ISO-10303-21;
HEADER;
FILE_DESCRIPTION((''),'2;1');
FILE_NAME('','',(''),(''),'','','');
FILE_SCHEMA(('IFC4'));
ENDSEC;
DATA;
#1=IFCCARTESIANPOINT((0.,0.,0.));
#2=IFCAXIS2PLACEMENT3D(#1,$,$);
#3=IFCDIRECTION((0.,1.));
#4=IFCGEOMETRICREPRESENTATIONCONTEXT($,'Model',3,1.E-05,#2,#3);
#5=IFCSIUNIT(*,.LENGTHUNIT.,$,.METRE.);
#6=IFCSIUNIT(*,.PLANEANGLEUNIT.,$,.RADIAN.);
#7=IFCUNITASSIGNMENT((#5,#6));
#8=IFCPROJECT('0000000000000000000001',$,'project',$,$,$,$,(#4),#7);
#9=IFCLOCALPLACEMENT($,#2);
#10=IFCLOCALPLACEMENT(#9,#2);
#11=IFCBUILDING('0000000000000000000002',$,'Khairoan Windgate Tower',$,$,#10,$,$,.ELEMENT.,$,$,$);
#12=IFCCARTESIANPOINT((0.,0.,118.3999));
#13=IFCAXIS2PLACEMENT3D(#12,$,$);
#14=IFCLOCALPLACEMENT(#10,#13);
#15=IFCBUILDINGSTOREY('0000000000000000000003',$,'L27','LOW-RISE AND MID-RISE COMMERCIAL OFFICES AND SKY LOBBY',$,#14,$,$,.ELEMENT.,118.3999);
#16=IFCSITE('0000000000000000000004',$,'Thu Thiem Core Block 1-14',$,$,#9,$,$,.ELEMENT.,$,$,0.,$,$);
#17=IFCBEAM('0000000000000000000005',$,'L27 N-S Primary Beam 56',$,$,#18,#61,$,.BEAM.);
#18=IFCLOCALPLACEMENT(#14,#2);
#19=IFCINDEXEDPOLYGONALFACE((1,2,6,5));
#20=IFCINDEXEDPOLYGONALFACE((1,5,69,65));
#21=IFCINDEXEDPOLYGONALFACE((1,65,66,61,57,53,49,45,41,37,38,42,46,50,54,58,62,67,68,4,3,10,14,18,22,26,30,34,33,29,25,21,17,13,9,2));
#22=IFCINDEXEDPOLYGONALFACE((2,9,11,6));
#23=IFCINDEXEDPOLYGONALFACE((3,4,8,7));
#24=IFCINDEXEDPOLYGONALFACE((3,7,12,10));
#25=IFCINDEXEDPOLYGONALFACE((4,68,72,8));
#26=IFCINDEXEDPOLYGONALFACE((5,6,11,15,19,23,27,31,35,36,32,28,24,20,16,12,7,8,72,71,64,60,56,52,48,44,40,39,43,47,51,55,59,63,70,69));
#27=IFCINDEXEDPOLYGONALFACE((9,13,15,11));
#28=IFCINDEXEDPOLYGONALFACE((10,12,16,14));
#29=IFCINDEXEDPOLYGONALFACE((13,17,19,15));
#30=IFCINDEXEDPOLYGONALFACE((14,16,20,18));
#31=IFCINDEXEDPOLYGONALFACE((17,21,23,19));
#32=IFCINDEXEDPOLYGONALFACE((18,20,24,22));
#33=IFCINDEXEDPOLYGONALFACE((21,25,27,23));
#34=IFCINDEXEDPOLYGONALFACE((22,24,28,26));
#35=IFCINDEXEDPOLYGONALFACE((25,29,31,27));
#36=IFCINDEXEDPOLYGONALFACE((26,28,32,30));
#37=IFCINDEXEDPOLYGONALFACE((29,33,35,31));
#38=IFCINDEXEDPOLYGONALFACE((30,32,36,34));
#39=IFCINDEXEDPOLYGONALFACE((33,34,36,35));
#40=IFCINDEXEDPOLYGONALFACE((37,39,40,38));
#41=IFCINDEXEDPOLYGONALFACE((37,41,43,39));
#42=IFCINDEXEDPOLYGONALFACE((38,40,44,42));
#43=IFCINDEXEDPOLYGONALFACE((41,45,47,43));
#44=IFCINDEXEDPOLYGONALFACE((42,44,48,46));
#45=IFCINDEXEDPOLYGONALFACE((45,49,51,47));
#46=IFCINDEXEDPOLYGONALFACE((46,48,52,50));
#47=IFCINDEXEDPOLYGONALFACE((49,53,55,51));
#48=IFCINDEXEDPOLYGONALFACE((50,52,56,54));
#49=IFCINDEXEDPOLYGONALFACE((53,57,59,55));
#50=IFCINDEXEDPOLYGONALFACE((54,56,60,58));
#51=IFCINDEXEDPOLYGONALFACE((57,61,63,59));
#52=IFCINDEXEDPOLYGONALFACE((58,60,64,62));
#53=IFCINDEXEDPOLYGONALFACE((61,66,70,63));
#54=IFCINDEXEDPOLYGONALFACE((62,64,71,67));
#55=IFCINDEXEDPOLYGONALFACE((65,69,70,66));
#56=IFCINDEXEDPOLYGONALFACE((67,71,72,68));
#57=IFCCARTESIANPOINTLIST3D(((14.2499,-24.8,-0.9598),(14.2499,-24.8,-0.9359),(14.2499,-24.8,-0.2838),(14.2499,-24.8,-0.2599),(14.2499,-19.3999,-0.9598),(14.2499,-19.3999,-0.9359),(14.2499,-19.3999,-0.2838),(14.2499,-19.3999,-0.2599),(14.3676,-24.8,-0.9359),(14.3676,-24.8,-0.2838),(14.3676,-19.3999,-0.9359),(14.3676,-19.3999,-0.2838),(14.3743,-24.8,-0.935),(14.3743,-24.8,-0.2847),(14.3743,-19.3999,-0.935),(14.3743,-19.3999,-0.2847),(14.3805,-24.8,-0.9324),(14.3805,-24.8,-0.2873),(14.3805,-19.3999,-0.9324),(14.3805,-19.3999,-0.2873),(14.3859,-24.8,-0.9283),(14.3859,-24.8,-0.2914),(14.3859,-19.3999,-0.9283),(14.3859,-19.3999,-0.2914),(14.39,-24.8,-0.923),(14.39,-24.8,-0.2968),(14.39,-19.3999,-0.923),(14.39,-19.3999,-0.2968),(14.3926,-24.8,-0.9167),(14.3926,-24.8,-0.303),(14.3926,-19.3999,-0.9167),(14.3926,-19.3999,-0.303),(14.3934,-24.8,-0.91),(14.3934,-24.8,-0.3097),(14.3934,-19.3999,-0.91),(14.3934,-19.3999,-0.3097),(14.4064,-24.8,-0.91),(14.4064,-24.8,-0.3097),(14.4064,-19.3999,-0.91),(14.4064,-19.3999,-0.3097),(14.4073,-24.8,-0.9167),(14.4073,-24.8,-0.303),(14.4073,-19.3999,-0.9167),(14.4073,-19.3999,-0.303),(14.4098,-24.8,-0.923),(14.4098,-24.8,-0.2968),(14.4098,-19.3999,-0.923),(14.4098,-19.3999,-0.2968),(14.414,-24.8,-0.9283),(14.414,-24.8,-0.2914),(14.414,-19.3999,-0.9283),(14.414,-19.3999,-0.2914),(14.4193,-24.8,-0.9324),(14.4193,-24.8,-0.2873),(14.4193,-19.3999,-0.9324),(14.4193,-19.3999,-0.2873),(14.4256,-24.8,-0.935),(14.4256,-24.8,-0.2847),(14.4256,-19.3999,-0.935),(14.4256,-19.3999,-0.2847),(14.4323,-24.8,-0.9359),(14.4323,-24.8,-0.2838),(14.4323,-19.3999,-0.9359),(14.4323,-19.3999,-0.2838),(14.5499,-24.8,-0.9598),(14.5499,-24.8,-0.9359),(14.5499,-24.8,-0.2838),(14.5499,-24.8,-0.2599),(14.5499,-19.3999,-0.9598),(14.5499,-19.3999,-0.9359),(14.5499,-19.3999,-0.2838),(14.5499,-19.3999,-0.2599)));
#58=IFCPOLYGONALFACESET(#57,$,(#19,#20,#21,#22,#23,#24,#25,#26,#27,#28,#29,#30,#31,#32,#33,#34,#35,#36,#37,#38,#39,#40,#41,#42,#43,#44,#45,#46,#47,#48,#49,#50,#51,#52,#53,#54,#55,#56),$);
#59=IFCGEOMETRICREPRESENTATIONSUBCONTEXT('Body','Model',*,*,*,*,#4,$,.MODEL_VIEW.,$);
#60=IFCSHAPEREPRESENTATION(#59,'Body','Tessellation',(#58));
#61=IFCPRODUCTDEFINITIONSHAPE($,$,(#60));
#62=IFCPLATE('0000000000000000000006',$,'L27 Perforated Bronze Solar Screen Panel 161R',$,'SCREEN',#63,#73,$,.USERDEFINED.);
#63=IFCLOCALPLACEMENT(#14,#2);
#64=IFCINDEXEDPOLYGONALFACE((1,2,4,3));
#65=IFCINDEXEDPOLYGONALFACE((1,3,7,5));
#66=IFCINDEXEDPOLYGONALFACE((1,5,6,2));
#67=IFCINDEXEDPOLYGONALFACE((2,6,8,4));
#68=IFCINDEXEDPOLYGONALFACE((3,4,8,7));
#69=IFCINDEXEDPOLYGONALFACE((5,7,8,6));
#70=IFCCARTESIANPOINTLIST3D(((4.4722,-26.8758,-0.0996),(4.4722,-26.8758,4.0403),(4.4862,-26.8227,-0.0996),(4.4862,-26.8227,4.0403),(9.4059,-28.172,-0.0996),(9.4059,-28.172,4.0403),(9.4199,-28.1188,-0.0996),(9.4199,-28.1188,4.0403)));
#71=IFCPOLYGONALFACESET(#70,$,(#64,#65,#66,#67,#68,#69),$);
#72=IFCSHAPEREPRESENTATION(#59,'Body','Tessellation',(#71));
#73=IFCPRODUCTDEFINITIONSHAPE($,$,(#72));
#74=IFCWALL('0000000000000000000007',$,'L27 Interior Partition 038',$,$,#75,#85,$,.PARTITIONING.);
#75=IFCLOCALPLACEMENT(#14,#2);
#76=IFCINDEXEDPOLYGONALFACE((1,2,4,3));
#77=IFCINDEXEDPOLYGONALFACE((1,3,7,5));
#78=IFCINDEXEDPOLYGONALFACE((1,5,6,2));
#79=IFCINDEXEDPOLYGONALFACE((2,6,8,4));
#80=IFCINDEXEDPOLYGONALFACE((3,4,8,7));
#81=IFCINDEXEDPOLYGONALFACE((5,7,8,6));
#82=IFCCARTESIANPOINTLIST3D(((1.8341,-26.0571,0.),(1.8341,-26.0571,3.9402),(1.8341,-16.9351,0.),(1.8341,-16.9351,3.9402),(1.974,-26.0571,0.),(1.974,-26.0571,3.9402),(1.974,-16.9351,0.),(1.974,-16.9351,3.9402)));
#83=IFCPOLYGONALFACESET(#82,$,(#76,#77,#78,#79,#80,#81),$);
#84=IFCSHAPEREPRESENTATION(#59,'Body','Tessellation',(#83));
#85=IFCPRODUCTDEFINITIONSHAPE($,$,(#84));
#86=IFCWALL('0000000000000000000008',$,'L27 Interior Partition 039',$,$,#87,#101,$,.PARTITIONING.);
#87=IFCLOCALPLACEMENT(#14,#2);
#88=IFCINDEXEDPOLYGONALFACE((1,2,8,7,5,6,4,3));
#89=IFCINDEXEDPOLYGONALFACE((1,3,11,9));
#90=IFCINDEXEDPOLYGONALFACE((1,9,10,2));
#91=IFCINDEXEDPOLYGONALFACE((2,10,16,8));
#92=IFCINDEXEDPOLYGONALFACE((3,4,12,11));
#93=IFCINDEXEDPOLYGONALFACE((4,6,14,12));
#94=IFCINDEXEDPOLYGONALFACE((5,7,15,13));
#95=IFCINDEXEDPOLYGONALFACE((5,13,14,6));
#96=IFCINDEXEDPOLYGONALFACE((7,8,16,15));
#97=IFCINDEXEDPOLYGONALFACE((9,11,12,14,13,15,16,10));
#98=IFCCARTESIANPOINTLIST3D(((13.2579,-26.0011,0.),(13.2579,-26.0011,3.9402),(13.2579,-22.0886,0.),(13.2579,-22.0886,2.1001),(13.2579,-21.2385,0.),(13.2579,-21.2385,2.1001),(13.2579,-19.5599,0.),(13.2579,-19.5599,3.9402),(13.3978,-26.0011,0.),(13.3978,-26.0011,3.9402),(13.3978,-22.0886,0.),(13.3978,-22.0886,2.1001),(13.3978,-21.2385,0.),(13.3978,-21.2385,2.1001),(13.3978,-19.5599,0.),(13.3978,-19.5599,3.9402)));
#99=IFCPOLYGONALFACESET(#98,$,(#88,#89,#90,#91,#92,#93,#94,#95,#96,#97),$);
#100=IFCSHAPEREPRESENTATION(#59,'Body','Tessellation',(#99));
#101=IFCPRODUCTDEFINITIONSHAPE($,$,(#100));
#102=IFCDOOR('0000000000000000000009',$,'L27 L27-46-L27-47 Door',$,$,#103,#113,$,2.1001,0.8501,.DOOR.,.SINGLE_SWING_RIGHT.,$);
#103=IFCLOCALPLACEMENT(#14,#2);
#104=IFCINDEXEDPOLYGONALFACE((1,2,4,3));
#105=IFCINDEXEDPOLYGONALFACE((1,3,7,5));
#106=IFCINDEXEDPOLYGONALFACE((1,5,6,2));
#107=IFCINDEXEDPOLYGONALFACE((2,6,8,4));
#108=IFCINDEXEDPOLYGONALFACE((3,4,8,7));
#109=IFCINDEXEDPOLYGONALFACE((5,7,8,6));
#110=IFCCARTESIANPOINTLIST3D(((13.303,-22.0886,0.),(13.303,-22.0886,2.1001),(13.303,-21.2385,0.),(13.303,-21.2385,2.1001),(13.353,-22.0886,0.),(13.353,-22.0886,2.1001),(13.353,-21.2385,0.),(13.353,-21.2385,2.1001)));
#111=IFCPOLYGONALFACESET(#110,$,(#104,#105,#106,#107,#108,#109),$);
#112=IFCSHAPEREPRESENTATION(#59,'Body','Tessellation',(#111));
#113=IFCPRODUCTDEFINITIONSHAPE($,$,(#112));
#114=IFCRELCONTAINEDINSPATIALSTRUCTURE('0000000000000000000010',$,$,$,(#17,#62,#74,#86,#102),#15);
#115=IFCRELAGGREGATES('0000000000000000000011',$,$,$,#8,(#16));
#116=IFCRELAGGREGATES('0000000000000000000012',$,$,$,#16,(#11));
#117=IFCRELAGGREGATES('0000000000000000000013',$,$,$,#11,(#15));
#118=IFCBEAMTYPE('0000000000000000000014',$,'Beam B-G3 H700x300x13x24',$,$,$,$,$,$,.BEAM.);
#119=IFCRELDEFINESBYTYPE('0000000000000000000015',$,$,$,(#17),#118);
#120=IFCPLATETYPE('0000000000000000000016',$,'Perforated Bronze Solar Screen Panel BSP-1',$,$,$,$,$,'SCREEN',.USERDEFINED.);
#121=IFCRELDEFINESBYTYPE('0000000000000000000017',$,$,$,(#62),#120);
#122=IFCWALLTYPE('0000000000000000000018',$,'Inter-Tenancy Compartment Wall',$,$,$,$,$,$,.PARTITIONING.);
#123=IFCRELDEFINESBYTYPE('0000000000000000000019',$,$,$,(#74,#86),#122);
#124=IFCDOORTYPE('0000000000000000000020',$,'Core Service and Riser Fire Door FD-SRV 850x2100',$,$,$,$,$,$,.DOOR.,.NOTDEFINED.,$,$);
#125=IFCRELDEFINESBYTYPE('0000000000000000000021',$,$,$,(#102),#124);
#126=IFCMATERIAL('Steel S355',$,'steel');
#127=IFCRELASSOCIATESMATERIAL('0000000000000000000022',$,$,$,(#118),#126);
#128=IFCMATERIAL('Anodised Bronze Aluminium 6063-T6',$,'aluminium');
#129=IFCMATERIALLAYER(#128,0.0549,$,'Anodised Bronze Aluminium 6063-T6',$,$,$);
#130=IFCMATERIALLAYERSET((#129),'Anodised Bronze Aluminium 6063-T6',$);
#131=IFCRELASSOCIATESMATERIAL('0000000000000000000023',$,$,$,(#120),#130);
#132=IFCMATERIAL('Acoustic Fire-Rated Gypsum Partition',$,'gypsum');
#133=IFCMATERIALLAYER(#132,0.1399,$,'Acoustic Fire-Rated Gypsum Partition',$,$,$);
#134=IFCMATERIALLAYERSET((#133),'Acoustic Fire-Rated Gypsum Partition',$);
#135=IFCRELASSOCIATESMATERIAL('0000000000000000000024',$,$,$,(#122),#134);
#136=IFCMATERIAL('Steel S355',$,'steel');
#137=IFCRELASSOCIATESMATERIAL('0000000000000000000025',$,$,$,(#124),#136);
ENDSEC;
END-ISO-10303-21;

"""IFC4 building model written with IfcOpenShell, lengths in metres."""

from ifc_helpers import new_model, si_unit, direction, frame, frame_2d, origin, origin_2d, place, context, subcontext, project, spatial, rectangle, i_section, extrude, material, layer, layer_set, material_profile, profile_set, type_object, element, fill, save


model = new_model("IFC4")

# Units and contexts
model_context = context("Model", 3, precision=1e-05, world=origin(), true_north=direction((0.0, 1.0)))
body_context = subcontext(model_context, "Body", "Model", "MODEL_VIEW")
ifc_project = project(units=[si_unit("LENGTHUNIT", "METRE"), si_unit("PLANEANGLEUNIT", "RADIAN")], contexts=[model_context])

# Site, building, storey
site_placement = place(None, origin())
site = spatial("IfcSite", under=ifc_project, at=site_placement, Name="Thu Thiem Core Block 1-14", CompositionType="ELEMENT", RefElevation=0.0)
building_placement = place(site_placement, origin())
building = spatial("IfcBuilding", under=site, at=building_placement, Name="Khairoan Windgate Tower", CompositionType="ELEMENT")
storey_placement = place(building_placement, frame((0.0, 0.0, 118.3999)))
storey = spatial("IfcBuildingStorey", under=building, at=storey_placement, Name="L27", Description="LOW-RISE AND MID-RISE COMMERCIAL OFFICES AND SKY LOBBY", CompositionType="ELEMENT", Elevation=118.3999)

# Beam
ifc_material_1 = material(Name="Steel S355", Category="steel")
ifc_material_profile_1 = material_profile(ifc_material_1, i_section(OverallWidth=0.3, OverallDepth=0.7, WebThickness=0.0129, FlangeThickness=0.0239, FilletRadius=0.0259, at=origin_2d()))
ifc_profile_set_1 = profile_set([ifc_material_profile_1], Name="Steel S355")
beam_type = type_object("IfcBeamType", Name="Beam B-G3 H700x300x13x24", PredefinedType="BEAM", material=ifc_profile_set_1)
beam_1_placement = place(storey_placement, frame((14.3999, -24.8, -0.6099), z_axis=(0.0, 1.0, 0.0), x_axis=(-1.0, 0.0, 0.0)))
element("IfcBeam", 1, at=beam_1_placement, inside=storey, type_object=beam_type, Name="L27 N-S Primary Beam 56", PredefinedType="BEAM", context=body_context, shape_type="SweptSolid", body=[
    extrude(i_section(OverallWidth=0.3, OverallDepth=0.7, WebThickness=0.0129, FlangeThickness=0.0239, FilletRadius=0.0259, at=origin_2d()), origin(), (0.0, 0.0, 1.0), 5.4001),
])

# Plate
ifc_material_2 = material(Name="Anodised Bronze Aluminium 6063-T6", Category="aluminium")
ifc_layer_1 = layer(ifc_material_2, 0.0549, Name="Anodised Bronze Aluminium 6063-T6")
ifc_layer_set_1 = layer_set([ifc_layer_1], Name="Anodised Bronze Aluminium 6063-T6")
plate_type = type_object("IfcPlateType", Name="Perforated Bronze Solar Screen Panel BSP-1", ElementType="SCREEN", PredefinedType="USERDEFINED", material=ifc_layer_set_1)
plate_placement = place(storey_placement, frame((6.946, -27.4973, -0.0996), z_axis=(0.0, 0.0, 1.0), x_axis=(-0.967179, 0.254096, 0.0)))
element("IfcPlate", 2, at=plate_placement, inside=storey, type_object=plate_type, Name="L27 Perforated Bronze Solar Screen Panel 161R", ObjectType="SCREEN", PredefinedType="USERDEFINED", context=body_context, shape_type="SweptSolid", body=[
    extrude(rectangle(XDim=5.1011, YDim=0.0549, at=origin_2d()), origin(), (0.0, 0.0, 1.0), 4.1399),
])

# Wall
ifc_material_3 = material(Name="Acoustic Fire-Rated Gypsum Partition", Category="gypsum")
ifc_layer_2 = layer(ifc_material_3, 0.1399, Name="Acoustic Fire-Rated Gypsum Partition")
ifc_layer_set_2 = layer_set([ifc_layer_2], Name="Acoustic Fire-Rated Gypsum Partition")
wall_type_1 = type_object("IfcWallType", Name="Inter-Tenancy Compartment Wall", PredefinedType="PARTITIONING", material=ifc_layer_set_2)
wall_1_placement = place(storey_placement, frame((1.9041, -26.0571, 0.0), z_axis=(0.0, 0.0, 1.0), x_axis=(0.0, 1.0, 0.0)))
element("IfcWall", 3, at=wall_1_placement, inside=storey, type_object=wall_type_1, Name="L27 Interior Partition 038", PredefinedType="PARTITIONING", context=body_context, shape_type="SweptSolid", body=[
    extrude(rectangle(XDim=9.1221, YDim=0.1399, at=frame_2d((4.561, 0.0))), origin(), (0.0, 0.0, 1.0), 3.9402),
])

# Wall, opening, door
wall_2_placement = place(storey_placement, frame((13.3279, -26.0012, 0.0), z_axis=(0.0, 0.0, 1.0), x_axis=(0.0, 1.0, 0.0)))
wall_2 = element("IfcWall", 4, at=wall_2_placement, inside=storey, type_object=wall_type_1, Name="L27 Interior Partition 039", PredefinedType="PARTITIONING", context=body_context, shape_type="SweptSolid", body=[
    extrude(rectangle(XDim=6.4412, YDim=0.1399, at=frame_2d((3.2207, 0.0))), origin(), (0.0, 0.0, 1.0), 3.9402),
])
opening_1_placement = place(wall_2_placement, frame((3.9126, 0.0, 0.0)))
opening_1 = element("IfcOpeningElement", 5, at=opening_1_placement, cuts=wall_2, PredefinedType="OPENING", context=body_context, shape_type="SweptSolid", body=[
    extrude(rectangle(XDim=0.8501, YDim=2.1001, at=frame_2d((0.425, 1.05))), frame((0.0, 0.0798, 0.0), z_axis=(0.0, -1.0, 0.0), x_axis=(1.0, 0.0, 0.0)), (0.0, 0.0, 1.0), 0.1599),
])
ifc_material_4 = material(Name="Steel S355", Category="steel")
door_type_1 = type_object("IfcDoorType", Name="Core Service and Riser Fire Door FD-SRV 850x2100", OperationType="NOTDEFINED", PredefinedType="DOOR", material=ifc_material_4)
door_1_placement = place(opening_1_placement, origin())
door_1 = element("IfcDoor", 6, at=door_1_placement, inside=storey, type_object=door_type_1, Name="L27 L27-46-L27-47 Door", OperationType="SINGLE_SWING_RIGHT", OverallHeight=2.1001, OverallWidth=0.8501, PredefinedType="DOOR", context=body_context, shape_type="SweptSolid", body=[
    extrude(rectangle(XDim=0.8501, YDim=2.1001, at=frame_2d((0.425, 1.05))), frame((0.0, 0.0249, 0.0), z_axis=(0.0, -1.0, 0.0), x_axis=(1.0, 0.0, 0.0)), (0.0, 0.0, 1.0), 0.05),
])
fill(opening_1, door_1)

save(model, "model.ifc")
